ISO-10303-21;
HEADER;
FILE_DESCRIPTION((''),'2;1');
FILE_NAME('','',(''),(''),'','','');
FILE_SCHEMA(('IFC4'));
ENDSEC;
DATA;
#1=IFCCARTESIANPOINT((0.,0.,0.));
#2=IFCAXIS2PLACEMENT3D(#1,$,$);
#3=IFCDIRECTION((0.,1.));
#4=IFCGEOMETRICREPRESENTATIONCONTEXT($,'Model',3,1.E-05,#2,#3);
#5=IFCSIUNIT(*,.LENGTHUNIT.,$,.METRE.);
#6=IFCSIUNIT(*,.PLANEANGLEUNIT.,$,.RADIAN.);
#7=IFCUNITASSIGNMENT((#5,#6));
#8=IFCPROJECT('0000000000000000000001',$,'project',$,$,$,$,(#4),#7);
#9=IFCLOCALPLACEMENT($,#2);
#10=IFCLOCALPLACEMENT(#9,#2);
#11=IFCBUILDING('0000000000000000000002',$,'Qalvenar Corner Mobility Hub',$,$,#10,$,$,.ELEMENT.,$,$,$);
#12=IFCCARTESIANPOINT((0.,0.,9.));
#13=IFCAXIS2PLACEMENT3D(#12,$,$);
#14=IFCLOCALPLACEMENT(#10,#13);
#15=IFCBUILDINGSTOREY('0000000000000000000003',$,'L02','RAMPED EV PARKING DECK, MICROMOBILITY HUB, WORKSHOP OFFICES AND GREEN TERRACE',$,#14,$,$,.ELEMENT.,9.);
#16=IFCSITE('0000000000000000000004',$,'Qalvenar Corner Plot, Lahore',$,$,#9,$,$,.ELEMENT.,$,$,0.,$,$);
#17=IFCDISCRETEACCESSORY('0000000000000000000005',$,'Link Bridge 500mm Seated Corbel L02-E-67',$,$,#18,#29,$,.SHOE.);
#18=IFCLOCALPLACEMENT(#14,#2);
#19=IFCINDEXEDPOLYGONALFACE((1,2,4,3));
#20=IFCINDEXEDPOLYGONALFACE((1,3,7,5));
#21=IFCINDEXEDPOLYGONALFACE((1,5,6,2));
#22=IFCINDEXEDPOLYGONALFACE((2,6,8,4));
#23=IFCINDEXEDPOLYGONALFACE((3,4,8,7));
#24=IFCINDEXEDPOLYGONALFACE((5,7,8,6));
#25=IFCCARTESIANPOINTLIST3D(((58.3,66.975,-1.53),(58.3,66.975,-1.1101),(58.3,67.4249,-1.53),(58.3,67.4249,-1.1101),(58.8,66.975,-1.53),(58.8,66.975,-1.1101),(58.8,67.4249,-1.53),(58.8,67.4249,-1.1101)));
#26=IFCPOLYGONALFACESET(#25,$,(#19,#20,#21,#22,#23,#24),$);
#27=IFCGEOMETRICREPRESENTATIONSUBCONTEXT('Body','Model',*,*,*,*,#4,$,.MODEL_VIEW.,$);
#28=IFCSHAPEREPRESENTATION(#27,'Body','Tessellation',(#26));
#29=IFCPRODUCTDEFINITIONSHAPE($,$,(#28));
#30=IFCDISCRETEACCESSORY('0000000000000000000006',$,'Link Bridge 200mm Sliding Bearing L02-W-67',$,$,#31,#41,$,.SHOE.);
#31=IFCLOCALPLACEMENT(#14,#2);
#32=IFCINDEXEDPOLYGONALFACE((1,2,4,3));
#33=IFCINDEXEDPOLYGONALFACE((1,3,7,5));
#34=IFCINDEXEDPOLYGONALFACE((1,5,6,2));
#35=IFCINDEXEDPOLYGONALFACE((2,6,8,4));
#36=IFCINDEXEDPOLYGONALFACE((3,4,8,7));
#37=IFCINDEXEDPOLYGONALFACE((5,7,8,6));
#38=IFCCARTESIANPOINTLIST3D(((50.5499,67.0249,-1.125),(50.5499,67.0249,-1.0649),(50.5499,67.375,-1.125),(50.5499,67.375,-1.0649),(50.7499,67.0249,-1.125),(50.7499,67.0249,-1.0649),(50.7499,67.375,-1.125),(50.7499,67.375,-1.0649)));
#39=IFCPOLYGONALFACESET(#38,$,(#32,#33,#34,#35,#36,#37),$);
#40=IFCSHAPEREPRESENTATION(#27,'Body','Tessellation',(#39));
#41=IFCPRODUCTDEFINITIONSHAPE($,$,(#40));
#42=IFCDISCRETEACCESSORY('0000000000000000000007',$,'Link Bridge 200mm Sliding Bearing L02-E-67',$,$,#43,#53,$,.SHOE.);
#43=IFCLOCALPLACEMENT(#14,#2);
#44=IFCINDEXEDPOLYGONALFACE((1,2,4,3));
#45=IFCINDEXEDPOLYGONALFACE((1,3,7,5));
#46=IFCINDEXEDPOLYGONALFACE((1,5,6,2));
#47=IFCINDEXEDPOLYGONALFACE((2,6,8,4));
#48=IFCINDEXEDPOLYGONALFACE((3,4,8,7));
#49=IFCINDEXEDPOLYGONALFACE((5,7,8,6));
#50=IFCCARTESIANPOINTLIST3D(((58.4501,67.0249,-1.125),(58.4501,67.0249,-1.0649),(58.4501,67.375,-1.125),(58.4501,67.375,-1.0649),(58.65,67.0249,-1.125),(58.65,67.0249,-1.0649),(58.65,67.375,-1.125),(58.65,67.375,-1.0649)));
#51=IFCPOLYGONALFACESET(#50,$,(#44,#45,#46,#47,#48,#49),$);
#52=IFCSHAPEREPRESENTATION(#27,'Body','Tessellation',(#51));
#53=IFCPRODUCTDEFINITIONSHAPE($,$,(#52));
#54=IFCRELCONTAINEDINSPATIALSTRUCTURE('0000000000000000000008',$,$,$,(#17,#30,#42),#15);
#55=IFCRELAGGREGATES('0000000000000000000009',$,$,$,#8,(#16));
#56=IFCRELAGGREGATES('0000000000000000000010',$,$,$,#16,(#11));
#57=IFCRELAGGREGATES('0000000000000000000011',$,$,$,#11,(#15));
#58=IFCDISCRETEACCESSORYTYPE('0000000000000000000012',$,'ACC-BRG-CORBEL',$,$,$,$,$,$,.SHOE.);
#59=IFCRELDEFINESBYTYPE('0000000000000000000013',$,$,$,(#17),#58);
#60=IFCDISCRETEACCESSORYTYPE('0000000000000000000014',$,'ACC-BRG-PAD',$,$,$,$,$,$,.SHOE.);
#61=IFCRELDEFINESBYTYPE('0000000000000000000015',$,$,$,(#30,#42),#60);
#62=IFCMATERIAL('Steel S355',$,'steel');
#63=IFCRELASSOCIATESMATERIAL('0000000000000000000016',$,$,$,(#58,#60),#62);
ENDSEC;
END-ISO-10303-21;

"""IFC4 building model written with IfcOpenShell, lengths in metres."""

from ifc_helpers import new_model, si_unit, direction, frame, origin, origin_2d, place, context, subcontext, project, spatial, rectangle, extrude, material, type_object, element, save


model = new_model("IFC4")

# Units and contexts
model_context = context("Model", 3, precision=1e-05, world=origin(), true_north=direction((0.0, 1.0)))
body_context = subcontext(model_context, "Body", "Model", "MODEL_VIEW")
ifc_project = project(units=[si_unit("LENGTHUNIT", "METRE"), si_unit("PLANEANGLEUNIT", "RADIAN")], contexts=[model_context])

# Site, building, storey
site_placement = place(None, origin())
site = spatial("IfcSite", under=ifc_project, at=site_placement, Name="Qalvenar Corner Plot, Lahore", CompositionType="ELEMENT", RefElevation=0.0)
building_placement = place(site_placement, origin())
building = spatial("IfcBuilding", under=site, at=building_placement, Name="Qalvenar Corner Mobility Hub", CompositionType="ELEMENT")
storey_placement = place(building_placement, frame((0.0, 0.0, 9.0)))
storey = spatial("IfcBuildingStorey", under=building, at=storey_placement, Name="L02", Description="RAMPED EV PARKING DECK, MICROMOBILITY HUB, WORKSHOP OFFICES AND GREEN TERRACE", CompositionType="ELEMENT", Elevation=9.0)

# Shared definitions
ifc_material_1 = material(Name="Steel S355", Category="steel")

# Discrete accessories
discrete_accessory_type_1 = type_object("IfcDiscreteAccessoryType", Name="ACC-BRG-CORBEL", PredefinedType="SHOE", material=ifc_material_1)
for number, where, z_axis, x_axis, name in (
    (1, (58.55, 67.2, -1.53), (0.0, 0.0, 1.0), (1.0, 0.0, 0.0), "Link Bridge 500mm Seated Corbel L02-E-67"),
):
    element("IfcDiscreteAccessory", number, at=place(storey_placement, frame(where, z_axis=z_axis, x_axis=x_axis)), inside=storey, type_object=discrete_accessory_type_1, Name=name, PredefinedType="SHOE", context=body_context, shape_type="SweptSolid", body=[
        extrude(rectangle(XDim=0.5, YDim=0.45, at=origin_2d()), origin(), (0.0, 0.0, 1.0), 0.4199),
    ])
discrete_accessory_type_2 = type_object("IfcDiscreteAccessoryType", Name="ACC-BRG-PAD", PredefinedType="SHOE", material=ifc_material_1)
for number, where, z_axis, x_axis, name in (
    (2, (50.6499, 67.2, -1.125), (0.0, 0.0, 1.0), (1.0, 0.0, 0.0), "Link Bridge 200mm Sliding Bearing L02-W-67"),
    (3, (58.55, 67.2, -1.125), (0.0, 0.0, 1.0), (1.0, 0.0, 0.0), "Link Bridge 200mm Sliding Bearing L02-E-67"),
):
    element("IfcDiscreteAccessory", number, at=place(storey_placement, frame(where, z_axis=z_axis, x_axis=x_axis)), inside=storey, type_object=discrete_accessory_type_2, Name=name, PredefinedType="SHOE", context=body_context, shape_type="SweptSolid", body=[
        extrude(rectangle(XDim=0.2, YDim=0.3501, at=origin_2d()), origin(), (0.0, 0.0, 1.0), 0.0601),
    ])

save(model, "model.ifc")
